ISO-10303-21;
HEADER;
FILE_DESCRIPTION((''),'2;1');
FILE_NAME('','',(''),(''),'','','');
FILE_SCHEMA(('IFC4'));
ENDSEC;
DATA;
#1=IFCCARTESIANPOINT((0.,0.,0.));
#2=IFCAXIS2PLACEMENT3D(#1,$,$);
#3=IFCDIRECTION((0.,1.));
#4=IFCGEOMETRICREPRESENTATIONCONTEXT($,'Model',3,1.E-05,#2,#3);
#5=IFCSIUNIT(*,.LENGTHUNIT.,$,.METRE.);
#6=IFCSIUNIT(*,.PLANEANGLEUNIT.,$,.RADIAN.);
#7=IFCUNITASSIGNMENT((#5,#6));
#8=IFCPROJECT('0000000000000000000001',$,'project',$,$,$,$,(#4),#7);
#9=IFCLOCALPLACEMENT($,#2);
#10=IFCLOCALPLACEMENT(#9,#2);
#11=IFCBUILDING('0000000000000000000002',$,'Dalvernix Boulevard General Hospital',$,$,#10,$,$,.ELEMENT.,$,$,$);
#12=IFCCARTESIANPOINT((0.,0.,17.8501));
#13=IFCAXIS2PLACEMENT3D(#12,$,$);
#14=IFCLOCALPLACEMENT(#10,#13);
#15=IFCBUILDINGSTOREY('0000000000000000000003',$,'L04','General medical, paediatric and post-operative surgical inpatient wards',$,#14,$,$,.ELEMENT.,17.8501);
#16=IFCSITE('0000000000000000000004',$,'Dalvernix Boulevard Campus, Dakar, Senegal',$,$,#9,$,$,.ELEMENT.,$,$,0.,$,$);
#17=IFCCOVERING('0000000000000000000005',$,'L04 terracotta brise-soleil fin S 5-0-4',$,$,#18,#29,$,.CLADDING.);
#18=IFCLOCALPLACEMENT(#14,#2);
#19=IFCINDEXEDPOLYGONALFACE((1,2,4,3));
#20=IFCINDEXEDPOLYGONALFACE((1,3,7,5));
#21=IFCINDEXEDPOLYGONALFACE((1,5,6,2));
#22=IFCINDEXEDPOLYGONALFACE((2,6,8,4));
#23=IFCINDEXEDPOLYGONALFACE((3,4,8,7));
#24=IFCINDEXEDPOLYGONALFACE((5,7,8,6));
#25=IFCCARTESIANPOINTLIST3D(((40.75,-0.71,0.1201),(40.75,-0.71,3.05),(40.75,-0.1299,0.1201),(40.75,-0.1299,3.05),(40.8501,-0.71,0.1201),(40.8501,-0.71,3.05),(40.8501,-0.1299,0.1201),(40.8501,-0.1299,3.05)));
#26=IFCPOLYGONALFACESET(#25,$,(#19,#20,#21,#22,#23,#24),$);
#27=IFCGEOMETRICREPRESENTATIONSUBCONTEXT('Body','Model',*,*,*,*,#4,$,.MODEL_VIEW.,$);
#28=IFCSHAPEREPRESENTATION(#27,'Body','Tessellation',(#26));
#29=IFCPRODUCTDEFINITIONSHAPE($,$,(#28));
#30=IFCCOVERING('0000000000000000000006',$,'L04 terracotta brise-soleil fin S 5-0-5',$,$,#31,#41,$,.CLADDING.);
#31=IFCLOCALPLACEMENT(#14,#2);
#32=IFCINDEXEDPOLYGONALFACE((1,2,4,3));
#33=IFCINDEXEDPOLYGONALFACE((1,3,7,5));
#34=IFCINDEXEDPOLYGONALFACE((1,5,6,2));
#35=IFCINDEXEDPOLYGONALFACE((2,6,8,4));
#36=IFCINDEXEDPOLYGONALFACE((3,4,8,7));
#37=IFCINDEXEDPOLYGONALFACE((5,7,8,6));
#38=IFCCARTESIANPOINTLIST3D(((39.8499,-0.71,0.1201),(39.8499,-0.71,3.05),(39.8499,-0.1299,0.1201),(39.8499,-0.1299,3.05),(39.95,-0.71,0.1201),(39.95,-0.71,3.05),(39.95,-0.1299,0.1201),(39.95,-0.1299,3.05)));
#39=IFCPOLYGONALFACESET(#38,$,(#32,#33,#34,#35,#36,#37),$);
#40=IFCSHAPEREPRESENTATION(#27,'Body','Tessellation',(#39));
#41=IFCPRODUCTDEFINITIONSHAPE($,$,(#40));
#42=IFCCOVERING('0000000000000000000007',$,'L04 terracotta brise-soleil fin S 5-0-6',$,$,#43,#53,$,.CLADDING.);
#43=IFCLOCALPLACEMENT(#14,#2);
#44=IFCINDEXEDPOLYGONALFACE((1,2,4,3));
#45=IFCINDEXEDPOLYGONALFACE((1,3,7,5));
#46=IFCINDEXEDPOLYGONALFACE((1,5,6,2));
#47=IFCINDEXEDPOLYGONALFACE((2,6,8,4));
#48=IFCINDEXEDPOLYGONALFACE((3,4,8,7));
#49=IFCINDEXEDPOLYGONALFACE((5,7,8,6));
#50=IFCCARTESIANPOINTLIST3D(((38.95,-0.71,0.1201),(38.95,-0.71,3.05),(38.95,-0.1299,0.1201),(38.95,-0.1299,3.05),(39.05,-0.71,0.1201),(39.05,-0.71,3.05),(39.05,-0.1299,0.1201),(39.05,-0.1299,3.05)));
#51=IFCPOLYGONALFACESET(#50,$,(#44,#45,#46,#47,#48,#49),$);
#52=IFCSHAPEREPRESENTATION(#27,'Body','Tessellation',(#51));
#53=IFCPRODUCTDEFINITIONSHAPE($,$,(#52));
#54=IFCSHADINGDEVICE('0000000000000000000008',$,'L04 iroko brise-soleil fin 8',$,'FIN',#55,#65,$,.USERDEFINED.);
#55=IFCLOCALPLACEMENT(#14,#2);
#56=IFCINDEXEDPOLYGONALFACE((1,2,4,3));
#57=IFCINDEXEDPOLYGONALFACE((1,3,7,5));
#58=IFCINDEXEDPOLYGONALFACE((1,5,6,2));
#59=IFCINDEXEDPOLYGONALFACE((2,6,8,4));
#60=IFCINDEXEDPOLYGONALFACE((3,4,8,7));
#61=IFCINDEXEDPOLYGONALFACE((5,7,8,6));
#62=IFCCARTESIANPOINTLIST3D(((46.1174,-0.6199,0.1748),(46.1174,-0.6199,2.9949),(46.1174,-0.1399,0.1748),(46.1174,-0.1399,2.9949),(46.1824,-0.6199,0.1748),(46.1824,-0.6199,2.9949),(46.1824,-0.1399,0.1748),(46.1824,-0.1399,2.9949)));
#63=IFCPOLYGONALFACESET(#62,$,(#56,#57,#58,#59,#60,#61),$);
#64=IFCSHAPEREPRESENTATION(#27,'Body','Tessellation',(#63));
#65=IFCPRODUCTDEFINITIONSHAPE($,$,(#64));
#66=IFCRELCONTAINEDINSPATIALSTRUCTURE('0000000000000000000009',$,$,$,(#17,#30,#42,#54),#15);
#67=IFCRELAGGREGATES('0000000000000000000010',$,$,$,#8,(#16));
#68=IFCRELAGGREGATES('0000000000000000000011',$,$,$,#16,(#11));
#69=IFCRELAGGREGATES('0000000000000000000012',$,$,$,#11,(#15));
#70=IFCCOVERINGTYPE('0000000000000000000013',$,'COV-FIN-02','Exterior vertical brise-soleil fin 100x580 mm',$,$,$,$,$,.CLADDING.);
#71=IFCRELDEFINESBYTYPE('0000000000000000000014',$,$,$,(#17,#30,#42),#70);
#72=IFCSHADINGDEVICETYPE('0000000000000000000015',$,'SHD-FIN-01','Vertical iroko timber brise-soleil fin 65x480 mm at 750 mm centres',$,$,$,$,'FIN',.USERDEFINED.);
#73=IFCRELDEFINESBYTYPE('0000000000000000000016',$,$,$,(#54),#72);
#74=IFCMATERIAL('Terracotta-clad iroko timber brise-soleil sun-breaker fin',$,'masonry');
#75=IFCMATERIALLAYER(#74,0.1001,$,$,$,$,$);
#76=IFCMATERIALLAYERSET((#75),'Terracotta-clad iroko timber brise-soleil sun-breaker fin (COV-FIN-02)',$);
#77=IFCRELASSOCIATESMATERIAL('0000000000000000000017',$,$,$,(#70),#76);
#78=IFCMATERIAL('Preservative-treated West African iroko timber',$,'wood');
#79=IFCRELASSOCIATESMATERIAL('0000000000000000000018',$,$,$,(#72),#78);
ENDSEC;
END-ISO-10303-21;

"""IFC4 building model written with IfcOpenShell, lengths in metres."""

from ifc_helpers import new_model, si_unit, direction, frame, origin, origin_2d, place, context, subcontext, project, spatial, rectangle, extrude, material, layer, layer_set, type_object, element, save


model = new_model("IFC4")

# Units and contexts
model_context = context("Model", 3, precision=1e-05, world=origin(), true_north=direction((0.0, 1.0)))
body_context = subcontext(model_context, "Body", "Model", "MODEL_VIEW")
ifc_project = project(units=[si_unit("LENGTHUNIT", "METRE"), si_unit("PLANEANGLEUNIT", "RADIAN")], contexts=[model_context])

# Site, building, storey
site_placement = place(None, origin())
site = spatial("IfcSite", under=ifc_project, at=site_placement, Name="Dalvernix Boulevard Campus, Dakar, Senegal", CompositionType="ELEMENT", RefElevation=0.0)
building_placement = place(site_placement, origin())
building = spatial("IfcBuilding", under=site, at=building_placement, Name="Dalvernix Boulevard General Hospital", CompositionType="ELEMENT")
storey_placement = place(building_placement, frame((0.0, 0.0, 17.8501)))
storey = spatial("IfcBuildingStorey", under=building, at=storey_placement, Name="L04", Description="General medical, paediatric and post-operative surgical inpatient wards", CompositionType="ELEMENT", Elevation=17.8501)

# Coverings
ifc_material_1 = material(Name="Terracotta-clad iroko timber brise-soleil sun-breaker fin", Category="masonry")
ifc_layer_1 = layer(ifc_material_1, 0.1001)
ifc_layer_set_1 = layer_set([ifc_layer_1], Name="Terracotta-clad iroko timber brise-soleil sun-breaker fin (COV-FIN-02)")
covering_type_1 = type_object("IfcCoveringType", Name="COV-FIN-02", Description="Exterior vertical brise-soleil fin 100x580 mm", PredefinedType="CLADDING", material=ifc_layer_set_1)
for number, where, z_axis, x_axis, name in (
    (1, (40.8, -0.4199, 0.1201), (0.0, 0.0, 1.0), (-1.0, 0.0, 0.0), "L04 terracotta brise-soleil fin S 5-0-4"),
    (2, (39.8999, -0.4199, 0.1201), (0.0, 0.0, 1.0), (-1.0, 0.0, 0.0), "L04 terracotta brise-soleil fin S 5-0-5"),
    (3, (39.0, -0.4199, 0.1201), (0.0, 0.0, 1.0), (-1.0, 0.0, 0.0), "L04 terracotta brise-soleil fin S 5-0-6"),
):
    element("IfcCovering", number, at=place(storey_placement, frame(where, z_axis=z_axis, x_axis=x_axis)), inside=storey, type_object=covering_type_1, Name=name, PredefinedType="CLADDING", context=body_context, shape_type="SweptSolid", body=[
        extrude(rectangle(XDim=0.1001, YDim=0.5801, at=origin_2d()), origin(), (0.0, 0.0, 1.0), 2.9299),
    ])

# Shading device
ifc_material_2 = material(Name="Preservative-treated West African iroko timber", Category="wood")
shading_device_type = type_object("IfcShadingDeviceType", Name="SHD-FIN-01", Description="Vertical iroko timber brise-soleil fin 65x480 mm at 750 mm centres", ElementType="FIN", PredefinedType="USERDEFINED", material=ifc_material_2)
shading_device_placement = place(storey_placement, frame((46.1499, -0.3799, 0.1748), z_axis=(0.0, 0.0, 1.0), x_axis=(-1.0, 0.0, 0.0)))
element("IfcShadingDevice", 4, at=shading_device_placement, inside=storey, type_object=shading_device_type, Name="L04 iroko brise-soleil fin 8", ObjectType="FIN", PredefinedType="USERDEFINED", context=body_context, shape_type="SweptSolid", body=[
    extrude(rectangle(XDim=0.0649, YDim=0.48, at=origin_2d()), origin(), (0.0, 0.0, 1.0), 2.8201),
])

save(model, "model.ifc")
